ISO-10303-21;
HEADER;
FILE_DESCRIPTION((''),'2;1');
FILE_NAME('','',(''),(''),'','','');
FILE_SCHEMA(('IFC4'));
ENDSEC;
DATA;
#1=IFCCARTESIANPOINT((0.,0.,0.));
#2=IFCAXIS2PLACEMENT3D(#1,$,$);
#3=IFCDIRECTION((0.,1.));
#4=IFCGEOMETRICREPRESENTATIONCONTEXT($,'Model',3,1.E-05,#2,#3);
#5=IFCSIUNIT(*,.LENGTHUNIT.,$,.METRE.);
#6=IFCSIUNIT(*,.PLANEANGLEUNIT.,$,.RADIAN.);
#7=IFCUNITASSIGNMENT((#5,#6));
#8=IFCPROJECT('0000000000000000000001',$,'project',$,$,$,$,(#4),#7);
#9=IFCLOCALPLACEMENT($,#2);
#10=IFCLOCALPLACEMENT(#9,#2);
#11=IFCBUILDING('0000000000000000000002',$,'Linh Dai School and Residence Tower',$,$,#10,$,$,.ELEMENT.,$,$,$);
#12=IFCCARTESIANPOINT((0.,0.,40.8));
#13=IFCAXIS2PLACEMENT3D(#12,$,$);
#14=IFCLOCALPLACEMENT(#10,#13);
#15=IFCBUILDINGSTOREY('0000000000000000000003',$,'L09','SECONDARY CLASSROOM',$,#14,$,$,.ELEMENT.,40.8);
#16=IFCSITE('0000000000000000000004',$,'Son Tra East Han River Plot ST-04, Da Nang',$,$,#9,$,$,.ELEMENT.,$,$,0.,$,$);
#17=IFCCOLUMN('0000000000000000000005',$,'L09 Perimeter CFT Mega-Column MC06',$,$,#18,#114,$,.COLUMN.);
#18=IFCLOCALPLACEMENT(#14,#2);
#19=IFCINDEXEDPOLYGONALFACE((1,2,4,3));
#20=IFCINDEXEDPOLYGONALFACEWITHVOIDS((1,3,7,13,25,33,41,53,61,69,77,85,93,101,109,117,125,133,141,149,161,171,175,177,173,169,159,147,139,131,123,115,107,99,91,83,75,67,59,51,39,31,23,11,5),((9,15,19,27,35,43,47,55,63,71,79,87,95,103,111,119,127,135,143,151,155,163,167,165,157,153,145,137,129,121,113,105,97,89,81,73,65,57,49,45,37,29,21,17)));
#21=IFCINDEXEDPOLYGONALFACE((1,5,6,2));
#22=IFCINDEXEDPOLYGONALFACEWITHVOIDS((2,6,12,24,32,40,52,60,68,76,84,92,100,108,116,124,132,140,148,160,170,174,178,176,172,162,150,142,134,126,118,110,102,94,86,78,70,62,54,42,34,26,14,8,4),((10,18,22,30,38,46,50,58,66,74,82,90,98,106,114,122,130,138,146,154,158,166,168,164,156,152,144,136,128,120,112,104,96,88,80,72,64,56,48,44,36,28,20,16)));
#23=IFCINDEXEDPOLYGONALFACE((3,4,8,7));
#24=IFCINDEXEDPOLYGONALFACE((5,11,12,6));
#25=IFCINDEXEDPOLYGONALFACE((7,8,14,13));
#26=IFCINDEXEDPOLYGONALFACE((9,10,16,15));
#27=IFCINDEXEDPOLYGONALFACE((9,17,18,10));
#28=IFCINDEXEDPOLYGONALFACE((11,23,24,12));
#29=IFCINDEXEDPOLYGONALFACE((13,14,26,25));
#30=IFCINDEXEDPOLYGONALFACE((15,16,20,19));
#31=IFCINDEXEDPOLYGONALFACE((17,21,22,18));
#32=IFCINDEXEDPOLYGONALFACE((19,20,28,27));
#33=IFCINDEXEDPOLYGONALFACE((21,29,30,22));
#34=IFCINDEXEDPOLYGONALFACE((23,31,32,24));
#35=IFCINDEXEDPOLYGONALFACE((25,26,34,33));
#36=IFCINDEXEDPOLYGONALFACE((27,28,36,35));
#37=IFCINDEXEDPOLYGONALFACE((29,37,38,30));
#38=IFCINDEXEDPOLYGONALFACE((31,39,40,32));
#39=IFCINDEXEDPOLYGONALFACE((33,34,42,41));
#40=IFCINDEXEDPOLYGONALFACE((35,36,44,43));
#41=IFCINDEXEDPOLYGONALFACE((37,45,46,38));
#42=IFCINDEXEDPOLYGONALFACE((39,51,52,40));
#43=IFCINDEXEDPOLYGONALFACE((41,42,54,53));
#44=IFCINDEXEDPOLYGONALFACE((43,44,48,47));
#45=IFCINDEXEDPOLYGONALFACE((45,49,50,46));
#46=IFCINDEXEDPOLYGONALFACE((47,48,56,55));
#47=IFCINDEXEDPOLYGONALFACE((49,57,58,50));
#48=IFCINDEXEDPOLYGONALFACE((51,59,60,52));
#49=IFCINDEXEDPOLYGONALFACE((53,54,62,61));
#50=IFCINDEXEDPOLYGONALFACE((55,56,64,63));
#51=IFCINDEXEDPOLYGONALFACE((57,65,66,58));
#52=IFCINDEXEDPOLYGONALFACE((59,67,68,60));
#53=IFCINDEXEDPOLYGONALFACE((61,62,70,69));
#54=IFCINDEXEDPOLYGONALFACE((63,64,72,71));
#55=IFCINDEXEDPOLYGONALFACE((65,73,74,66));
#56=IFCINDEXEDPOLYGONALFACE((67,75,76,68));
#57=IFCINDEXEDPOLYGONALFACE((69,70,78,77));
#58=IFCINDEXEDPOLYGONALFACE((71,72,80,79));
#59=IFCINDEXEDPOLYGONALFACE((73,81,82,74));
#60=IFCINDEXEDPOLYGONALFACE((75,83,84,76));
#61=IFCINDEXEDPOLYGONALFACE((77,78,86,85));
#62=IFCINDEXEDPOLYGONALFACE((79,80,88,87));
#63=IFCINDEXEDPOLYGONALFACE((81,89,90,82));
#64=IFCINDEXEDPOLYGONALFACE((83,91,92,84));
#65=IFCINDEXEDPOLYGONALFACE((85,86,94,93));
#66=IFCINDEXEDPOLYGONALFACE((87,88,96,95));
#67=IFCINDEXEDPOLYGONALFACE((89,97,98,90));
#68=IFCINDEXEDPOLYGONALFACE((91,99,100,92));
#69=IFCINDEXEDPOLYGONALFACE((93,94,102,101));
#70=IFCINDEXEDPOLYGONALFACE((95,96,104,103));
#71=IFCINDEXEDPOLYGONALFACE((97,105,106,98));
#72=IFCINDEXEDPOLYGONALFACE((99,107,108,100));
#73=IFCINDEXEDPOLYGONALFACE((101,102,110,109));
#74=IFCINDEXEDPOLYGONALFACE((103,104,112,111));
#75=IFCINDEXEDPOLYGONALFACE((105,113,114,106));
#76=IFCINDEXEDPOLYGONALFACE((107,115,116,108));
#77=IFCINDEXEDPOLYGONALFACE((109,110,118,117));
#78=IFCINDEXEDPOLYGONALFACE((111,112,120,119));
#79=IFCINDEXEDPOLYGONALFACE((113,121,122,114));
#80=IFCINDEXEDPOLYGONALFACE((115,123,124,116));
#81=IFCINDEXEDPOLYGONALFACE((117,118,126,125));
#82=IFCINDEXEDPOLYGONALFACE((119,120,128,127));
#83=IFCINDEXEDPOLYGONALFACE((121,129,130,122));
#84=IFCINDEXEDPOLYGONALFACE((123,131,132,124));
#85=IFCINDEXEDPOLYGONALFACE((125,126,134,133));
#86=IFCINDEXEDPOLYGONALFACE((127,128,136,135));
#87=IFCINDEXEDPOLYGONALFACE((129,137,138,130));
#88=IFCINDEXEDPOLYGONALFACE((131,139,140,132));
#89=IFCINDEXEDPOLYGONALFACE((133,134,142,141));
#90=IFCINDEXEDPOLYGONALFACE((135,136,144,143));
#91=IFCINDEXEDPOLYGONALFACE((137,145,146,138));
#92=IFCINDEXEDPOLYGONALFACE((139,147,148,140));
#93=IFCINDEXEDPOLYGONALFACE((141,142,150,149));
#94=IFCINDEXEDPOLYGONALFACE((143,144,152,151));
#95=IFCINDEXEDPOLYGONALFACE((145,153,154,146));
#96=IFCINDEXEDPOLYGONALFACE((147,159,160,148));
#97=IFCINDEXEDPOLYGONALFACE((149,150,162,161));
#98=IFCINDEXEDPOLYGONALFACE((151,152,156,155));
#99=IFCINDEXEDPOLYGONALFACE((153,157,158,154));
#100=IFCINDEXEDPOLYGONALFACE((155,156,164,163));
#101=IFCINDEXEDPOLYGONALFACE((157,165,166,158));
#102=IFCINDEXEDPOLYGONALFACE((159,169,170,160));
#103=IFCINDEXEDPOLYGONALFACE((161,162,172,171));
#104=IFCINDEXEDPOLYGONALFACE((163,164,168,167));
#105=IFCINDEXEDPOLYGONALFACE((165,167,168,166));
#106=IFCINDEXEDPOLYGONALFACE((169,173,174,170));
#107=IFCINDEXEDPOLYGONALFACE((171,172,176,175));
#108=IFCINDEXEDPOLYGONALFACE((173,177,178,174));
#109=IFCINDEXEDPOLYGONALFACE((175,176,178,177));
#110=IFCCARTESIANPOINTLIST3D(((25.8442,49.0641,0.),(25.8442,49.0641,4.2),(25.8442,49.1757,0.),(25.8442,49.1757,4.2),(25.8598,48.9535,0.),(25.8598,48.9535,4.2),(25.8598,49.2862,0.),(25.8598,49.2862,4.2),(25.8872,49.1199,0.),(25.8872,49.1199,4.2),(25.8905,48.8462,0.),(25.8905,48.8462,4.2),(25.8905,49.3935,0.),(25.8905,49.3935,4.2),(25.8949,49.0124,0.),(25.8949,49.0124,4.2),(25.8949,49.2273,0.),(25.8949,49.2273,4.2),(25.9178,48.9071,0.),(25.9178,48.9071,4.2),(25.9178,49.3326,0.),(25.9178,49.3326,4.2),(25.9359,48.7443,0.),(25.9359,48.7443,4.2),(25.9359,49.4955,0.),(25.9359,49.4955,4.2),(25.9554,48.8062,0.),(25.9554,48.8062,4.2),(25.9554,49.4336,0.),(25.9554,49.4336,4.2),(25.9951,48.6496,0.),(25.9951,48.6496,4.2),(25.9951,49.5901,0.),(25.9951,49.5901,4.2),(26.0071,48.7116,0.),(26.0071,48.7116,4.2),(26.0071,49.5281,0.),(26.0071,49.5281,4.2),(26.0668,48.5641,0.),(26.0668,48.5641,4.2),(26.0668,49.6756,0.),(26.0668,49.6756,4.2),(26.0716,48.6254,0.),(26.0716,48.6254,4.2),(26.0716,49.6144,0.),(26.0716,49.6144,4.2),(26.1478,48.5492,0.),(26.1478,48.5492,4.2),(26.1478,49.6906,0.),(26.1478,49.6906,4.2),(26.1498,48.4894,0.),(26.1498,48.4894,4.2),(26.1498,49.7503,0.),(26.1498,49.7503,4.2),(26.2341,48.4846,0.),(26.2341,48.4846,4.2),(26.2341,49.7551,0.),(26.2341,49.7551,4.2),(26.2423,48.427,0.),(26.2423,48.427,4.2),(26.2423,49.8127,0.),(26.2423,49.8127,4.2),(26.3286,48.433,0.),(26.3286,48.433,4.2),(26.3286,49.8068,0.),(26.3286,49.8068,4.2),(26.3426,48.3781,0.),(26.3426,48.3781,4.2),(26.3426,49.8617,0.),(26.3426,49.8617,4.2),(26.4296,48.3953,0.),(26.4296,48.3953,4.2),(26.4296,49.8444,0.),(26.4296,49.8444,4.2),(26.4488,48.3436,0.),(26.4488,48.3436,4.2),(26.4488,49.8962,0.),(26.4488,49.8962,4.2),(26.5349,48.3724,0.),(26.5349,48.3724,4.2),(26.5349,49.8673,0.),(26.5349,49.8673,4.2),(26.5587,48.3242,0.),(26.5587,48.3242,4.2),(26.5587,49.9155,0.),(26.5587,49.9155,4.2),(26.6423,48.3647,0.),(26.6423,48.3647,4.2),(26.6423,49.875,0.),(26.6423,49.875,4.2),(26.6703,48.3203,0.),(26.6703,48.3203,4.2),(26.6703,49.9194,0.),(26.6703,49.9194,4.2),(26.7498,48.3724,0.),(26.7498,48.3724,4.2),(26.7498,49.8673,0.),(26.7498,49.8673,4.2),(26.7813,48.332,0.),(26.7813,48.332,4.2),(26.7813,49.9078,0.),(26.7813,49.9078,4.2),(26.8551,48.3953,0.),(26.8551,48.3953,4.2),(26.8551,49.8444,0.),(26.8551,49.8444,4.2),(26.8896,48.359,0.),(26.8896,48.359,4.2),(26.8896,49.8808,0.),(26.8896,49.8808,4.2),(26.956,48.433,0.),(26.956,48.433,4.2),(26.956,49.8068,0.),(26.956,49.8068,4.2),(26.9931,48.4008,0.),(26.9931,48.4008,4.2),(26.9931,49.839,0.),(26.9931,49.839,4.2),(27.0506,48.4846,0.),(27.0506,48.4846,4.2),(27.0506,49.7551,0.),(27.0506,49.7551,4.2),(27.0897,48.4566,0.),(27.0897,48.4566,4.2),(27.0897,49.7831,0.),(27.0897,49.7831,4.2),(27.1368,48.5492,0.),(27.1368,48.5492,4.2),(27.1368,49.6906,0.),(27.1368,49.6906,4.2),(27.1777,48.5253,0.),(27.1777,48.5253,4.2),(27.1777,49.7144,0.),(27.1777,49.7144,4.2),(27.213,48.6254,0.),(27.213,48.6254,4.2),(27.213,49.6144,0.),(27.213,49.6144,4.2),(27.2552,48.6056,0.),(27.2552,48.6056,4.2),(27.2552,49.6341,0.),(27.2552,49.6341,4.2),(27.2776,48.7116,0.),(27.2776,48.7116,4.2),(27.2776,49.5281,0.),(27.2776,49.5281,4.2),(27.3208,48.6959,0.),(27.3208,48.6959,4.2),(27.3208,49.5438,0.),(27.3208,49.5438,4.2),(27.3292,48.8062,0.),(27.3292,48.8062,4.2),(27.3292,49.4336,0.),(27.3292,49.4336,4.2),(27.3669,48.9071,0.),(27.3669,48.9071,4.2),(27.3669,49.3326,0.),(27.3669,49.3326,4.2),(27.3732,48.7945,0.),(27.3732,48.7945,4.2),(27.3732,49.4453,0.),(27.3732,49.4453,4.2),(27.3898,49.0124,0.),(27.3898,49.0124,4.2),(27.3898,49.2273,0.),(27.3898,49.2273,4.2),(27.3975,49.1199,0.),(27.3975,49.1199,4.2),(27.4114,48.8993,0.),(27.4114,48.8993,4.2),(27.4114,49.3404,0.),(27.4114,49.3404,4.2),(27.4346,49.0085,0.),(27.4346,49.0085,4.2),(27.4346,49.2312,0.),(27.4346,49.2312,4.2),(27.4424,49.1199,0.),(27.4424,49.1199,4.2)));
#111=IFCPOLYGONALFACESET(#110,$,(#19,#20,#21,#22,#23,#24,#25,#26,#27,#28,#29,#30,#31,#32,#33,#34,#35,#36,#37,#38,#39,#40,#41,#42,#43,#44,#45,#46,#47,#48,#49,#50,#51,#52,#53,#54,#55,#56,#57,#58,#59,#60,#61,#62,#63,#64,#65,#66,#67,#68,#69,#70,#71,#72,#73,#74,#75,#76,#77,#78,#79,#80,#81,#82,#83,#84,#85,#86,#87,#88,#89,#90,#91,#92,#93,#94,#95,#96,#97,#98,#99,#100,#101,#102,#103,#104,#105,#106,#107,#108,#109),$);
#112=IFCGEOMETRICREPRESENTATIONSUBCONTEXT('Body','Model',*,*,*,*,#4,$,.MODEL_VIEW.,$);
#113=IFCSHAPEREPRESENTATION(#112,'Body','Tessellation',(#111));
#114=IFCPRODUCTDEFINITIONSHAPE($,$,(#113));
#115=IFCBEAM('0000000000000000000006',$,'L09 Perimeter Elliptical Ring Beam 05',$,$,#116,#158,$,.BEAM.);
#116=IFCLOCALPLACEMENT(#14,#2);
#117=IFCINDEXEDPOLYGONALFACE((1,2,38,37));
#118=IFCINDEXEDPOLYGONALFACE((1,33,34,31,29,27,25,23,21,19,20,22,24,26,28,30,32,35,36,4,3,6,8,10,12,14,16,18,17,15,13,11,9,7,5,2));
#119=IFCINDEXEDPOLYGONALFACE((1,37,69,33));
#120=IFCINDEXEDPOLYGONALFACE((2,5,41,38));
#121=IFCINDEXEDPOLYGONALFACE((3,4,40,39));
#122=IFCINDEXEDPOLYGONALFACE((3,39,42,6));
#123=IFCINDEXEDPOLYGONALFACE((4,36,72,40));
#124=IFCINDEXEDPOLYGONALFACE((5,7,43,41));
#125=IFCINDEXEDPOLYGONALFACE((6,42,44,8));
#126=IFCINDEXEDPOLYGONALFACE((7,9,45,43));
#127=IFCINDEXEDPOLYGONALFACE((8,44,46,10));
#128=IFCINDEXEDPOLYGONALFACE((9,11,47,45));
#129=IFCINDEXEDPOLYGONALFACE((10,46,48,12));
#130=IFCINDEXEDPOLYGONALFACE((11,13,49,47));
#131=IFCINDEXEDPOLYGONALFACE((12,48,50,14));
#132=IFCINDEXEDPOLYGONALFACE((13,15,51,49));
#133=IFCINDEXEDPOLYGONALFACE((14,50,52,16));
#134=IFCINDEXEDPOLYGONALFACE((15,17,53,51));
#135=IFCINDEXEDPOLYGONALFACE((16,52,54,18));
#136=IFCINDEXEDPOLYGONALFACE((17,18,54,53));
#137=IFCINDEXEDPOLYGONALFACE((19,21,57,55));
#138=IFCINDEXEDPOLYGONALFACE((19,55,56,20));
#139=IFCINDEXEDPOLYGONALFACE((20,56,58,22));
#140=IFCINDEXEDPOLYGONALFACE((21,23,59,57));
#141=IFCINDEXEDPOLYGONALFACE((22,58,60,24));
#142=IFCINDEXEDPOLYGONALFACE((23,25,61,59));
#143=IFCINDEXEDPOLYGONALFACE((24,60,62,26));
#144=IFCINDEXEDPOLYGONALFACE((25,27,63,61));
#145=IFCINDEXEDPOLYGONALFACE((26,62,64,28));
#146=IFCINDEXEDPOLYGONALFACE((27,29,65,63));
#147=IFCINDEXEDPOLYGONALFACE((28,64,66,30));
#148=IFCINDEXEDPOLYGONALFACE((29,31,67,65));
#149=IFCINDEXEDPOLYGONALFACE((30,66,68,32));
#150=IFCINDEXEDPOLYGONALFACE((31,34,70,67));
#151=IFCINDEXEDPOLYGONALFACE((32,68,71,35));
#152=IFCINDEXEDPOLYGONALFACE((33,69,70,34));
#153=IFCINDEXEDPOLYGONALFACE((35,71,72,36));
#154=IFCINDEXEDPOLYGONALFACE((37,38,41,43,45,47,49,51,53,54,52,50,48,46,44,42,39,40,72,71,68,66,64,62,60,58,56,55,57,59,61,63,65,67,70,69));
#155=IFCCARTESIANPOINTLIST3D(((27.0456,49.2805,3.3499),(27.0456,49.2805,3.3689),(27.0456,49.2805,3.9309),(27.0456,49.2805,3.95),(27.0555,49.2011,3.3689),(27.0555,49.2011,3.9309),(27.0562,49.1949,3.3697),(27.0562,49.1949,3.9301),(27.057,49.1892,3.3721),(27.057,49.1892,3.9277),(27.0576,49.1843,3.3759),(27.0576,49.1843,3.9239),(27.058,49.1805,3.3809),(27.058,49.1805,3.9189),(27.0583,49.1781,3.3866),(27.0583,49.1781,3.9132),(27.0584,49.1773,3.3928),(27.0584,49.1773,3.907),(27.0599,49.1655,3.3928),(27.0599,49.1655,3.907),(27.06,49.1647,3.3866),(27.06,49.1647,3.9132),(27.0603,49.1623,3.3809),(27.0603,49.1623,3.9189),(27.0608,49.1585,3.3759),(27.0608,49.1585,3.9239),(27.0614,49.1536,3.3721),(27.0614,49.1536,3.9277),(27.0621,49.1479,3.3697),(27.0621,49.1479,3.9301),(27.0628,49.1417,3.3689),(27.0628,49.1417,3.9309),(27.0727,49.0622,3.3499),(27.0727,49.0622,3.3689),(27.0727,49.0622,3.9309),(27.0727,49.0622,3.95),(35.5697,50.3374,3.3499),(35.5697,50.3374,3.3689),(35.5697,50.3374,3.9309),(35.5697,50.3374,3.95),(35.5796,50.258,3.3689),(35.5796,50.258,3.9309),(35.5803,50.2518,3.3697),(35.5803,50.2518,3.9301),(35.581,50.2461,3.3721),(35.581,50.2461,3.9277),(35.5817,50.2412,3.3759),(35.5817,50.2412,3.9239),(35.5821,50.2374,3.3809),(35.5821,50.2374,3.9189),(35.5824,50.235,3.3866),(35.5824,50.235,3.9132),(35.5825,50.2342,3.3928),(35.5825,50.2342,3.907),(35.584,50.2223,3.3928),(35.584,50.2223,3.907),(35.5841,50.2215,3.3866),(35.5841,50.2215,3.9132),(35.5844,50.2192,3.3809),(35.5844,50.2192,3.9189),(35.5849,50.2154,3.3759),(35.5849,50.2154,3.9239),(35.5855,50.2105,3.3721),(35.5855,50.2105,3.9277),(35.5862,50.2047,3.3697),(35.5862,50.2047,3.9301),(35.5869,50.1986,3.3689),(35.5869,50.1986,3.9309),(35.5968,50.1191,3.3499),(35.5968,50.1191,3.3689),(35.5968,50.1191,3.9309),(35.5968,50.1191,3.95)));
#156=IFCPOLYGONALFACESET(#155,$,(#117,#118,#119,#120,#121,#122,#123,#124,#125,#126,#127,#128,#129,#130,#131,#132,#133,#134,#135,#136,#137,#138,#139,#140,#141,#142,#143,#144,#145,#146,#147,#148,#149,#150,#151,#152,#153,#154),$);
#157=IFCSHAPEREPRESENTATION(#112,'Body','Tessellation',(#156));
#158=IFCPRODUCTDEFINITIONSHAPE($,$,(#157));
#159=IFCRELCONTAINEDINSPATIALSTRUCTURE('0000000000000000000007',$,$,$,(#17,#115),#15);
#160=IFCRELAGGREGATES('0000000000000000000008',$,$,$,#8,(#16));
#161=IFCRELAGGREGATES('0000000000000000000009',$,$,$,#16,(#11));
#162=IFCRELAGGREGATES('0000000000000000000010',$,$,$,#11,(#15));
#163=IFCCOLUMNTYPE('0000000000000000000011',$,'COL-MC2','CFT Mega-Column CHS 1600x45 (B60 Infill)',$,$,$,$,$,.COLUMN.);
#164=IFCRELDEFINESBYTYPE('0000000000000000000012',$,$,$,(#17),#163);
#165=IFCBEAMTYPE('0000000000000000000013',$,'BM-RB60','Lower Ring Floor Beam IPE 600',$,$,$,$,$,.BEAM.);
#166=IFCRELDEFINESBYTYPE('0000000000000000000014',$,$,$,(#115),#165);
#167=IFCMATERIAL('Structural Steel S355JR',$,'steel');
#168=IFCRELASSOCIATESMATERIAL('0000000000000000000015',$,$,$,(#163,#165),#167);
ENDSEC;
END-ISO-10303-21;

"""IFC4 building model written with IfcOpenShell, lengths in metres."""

from ifc_helpers import new_model, si_unit, direction, frame, origin, origin_2d, place, context, subcontext, project, spatial, hollow_circle, i_section, extrude, material, material_profile, profile_set, type_object, element, save


model = new_model("IFC4")

# Units and contexts
model_context = context("Model", 3, precision=1e-05, world=origin(), true_north=direction((0.0, 1.0)))
body_context = subcontext(model_context, "Body", "Model", "MODEL_VIEW")
ifc_project = project(units=[si_unit("LENGTHUNIT", "METRE"), si_unit("PLANEANGLEUNIT", "RADIAN")], contexts=[model_context])

# Site, building, storey
site_placement = place(None, origin())
site = spatial("IfcSite", under=ifc_project, at=site_placement, Name="Son Tra East Han River Plot ST-04, Da Nang", CompositionType="ELEMENT", RefElevation=0.0)
building_placement = place(site_placement, origin())
building = spatial("IfcBuilding", under=site, at=building_placement, Name="Linh Dai School and Residence Tower", CompositionType="ELEMENT")
storey_placement = place(building_placement, frame((0.0, 0.0, 40.8)))
storey = spatial("IfcBuildingStorey", under=building, at=storey_placement, Name="L09", Description="SECONDARY CLASSROOM", CompositionType="ELEMENT", Elevation=40.8)

# Column
ifc_material_1 = material(Name="Structural Steel S355JR", Category="steel")
ifc_material_profile_1 = material_profile(ifc_material_1, hollow_circle(Radius=0.8, WallThickness=0.0449, at=origin_2d()), Name="CHS 1600x45")
ifc_profile_set_1 = profile_set([ifc_material_profile_1], Name="Structural Steel S355JR")
column_type_1 = type_object("IfcColumnType", Name="COL-MC2", Description="CFT Mega-Column CHS 1600x45 (B60 Infill)", PredefinedType="COLUMN", material=ifc_profile_set_1)
for number, where, z_axis, x_axis, name in (
    (1, (26.6423, 49.1199, 0.0), (0.0, 0.0, 1.0), (1.0, 0.0, 0.0), "L09 Perimeter CFT Mega-Column MC06"),
):
    element("IfcColumn", number, at=place(storey_placement, frame(where, z_axis=z_axis, x_axis=x_axis)), inside=storey, type_object=column_type_1, Name=name, PredefinedType="COLUMN", context=body_context, shape_type="SweptSolid", body=[
        extrude(hollow_circle(Radius=0.8, WallThickness=0.0449, at=origin_2d()), origin(), (0.0, 0.0, 1.0), 4.2),
    ])

# Beam
ifc_material_profile_2 = material_profile(ifc_material_1, i_section(OverallWidth=0.22, OverallDepth=0.6001, WebThickness=0.012, FlangeThickness=0.019, FilletRadius=0.0239, at=origin_2d()), Name="IPE 600")
ifc_profile_set_2 = profile_set([ifc_material_profile_2], Name="Structural Steel S355JR")
beam_type_1 = type_object("IfcBeamType", Name="BM-RB60", Description="Lower Ring Floor Beam IPE 600", PredefinedType="BEAM", material=ifc_profile_set_2)
beam_1_placement = place(storey_placement, frame((35.5833, 50.2283, 3.6499), z_axis=(-0.992401, -0.123045, 0.0), x_axis=(0.123045, -0.992401, 0.0)))
element("IfcBeam", 2, at=beam_1_placement, inside=storey, type_object=beam_type_1, Name="L09 Perimeter Elliptical Ring Beam 05", PredefinedType="BEAM", context=body_context, shape_type="SweptSolid", body=[
    extrude(i_section(OverallWidth=0.22, OverallDepth=0.6001, WebThickness=0.012, FlangeThickness=0.019, FilletRadius=0.0239, at=origin_2d()), origin(), (0.0, 0.0, 1.0), 8.5894),
])

save(model, "model.ifc")
